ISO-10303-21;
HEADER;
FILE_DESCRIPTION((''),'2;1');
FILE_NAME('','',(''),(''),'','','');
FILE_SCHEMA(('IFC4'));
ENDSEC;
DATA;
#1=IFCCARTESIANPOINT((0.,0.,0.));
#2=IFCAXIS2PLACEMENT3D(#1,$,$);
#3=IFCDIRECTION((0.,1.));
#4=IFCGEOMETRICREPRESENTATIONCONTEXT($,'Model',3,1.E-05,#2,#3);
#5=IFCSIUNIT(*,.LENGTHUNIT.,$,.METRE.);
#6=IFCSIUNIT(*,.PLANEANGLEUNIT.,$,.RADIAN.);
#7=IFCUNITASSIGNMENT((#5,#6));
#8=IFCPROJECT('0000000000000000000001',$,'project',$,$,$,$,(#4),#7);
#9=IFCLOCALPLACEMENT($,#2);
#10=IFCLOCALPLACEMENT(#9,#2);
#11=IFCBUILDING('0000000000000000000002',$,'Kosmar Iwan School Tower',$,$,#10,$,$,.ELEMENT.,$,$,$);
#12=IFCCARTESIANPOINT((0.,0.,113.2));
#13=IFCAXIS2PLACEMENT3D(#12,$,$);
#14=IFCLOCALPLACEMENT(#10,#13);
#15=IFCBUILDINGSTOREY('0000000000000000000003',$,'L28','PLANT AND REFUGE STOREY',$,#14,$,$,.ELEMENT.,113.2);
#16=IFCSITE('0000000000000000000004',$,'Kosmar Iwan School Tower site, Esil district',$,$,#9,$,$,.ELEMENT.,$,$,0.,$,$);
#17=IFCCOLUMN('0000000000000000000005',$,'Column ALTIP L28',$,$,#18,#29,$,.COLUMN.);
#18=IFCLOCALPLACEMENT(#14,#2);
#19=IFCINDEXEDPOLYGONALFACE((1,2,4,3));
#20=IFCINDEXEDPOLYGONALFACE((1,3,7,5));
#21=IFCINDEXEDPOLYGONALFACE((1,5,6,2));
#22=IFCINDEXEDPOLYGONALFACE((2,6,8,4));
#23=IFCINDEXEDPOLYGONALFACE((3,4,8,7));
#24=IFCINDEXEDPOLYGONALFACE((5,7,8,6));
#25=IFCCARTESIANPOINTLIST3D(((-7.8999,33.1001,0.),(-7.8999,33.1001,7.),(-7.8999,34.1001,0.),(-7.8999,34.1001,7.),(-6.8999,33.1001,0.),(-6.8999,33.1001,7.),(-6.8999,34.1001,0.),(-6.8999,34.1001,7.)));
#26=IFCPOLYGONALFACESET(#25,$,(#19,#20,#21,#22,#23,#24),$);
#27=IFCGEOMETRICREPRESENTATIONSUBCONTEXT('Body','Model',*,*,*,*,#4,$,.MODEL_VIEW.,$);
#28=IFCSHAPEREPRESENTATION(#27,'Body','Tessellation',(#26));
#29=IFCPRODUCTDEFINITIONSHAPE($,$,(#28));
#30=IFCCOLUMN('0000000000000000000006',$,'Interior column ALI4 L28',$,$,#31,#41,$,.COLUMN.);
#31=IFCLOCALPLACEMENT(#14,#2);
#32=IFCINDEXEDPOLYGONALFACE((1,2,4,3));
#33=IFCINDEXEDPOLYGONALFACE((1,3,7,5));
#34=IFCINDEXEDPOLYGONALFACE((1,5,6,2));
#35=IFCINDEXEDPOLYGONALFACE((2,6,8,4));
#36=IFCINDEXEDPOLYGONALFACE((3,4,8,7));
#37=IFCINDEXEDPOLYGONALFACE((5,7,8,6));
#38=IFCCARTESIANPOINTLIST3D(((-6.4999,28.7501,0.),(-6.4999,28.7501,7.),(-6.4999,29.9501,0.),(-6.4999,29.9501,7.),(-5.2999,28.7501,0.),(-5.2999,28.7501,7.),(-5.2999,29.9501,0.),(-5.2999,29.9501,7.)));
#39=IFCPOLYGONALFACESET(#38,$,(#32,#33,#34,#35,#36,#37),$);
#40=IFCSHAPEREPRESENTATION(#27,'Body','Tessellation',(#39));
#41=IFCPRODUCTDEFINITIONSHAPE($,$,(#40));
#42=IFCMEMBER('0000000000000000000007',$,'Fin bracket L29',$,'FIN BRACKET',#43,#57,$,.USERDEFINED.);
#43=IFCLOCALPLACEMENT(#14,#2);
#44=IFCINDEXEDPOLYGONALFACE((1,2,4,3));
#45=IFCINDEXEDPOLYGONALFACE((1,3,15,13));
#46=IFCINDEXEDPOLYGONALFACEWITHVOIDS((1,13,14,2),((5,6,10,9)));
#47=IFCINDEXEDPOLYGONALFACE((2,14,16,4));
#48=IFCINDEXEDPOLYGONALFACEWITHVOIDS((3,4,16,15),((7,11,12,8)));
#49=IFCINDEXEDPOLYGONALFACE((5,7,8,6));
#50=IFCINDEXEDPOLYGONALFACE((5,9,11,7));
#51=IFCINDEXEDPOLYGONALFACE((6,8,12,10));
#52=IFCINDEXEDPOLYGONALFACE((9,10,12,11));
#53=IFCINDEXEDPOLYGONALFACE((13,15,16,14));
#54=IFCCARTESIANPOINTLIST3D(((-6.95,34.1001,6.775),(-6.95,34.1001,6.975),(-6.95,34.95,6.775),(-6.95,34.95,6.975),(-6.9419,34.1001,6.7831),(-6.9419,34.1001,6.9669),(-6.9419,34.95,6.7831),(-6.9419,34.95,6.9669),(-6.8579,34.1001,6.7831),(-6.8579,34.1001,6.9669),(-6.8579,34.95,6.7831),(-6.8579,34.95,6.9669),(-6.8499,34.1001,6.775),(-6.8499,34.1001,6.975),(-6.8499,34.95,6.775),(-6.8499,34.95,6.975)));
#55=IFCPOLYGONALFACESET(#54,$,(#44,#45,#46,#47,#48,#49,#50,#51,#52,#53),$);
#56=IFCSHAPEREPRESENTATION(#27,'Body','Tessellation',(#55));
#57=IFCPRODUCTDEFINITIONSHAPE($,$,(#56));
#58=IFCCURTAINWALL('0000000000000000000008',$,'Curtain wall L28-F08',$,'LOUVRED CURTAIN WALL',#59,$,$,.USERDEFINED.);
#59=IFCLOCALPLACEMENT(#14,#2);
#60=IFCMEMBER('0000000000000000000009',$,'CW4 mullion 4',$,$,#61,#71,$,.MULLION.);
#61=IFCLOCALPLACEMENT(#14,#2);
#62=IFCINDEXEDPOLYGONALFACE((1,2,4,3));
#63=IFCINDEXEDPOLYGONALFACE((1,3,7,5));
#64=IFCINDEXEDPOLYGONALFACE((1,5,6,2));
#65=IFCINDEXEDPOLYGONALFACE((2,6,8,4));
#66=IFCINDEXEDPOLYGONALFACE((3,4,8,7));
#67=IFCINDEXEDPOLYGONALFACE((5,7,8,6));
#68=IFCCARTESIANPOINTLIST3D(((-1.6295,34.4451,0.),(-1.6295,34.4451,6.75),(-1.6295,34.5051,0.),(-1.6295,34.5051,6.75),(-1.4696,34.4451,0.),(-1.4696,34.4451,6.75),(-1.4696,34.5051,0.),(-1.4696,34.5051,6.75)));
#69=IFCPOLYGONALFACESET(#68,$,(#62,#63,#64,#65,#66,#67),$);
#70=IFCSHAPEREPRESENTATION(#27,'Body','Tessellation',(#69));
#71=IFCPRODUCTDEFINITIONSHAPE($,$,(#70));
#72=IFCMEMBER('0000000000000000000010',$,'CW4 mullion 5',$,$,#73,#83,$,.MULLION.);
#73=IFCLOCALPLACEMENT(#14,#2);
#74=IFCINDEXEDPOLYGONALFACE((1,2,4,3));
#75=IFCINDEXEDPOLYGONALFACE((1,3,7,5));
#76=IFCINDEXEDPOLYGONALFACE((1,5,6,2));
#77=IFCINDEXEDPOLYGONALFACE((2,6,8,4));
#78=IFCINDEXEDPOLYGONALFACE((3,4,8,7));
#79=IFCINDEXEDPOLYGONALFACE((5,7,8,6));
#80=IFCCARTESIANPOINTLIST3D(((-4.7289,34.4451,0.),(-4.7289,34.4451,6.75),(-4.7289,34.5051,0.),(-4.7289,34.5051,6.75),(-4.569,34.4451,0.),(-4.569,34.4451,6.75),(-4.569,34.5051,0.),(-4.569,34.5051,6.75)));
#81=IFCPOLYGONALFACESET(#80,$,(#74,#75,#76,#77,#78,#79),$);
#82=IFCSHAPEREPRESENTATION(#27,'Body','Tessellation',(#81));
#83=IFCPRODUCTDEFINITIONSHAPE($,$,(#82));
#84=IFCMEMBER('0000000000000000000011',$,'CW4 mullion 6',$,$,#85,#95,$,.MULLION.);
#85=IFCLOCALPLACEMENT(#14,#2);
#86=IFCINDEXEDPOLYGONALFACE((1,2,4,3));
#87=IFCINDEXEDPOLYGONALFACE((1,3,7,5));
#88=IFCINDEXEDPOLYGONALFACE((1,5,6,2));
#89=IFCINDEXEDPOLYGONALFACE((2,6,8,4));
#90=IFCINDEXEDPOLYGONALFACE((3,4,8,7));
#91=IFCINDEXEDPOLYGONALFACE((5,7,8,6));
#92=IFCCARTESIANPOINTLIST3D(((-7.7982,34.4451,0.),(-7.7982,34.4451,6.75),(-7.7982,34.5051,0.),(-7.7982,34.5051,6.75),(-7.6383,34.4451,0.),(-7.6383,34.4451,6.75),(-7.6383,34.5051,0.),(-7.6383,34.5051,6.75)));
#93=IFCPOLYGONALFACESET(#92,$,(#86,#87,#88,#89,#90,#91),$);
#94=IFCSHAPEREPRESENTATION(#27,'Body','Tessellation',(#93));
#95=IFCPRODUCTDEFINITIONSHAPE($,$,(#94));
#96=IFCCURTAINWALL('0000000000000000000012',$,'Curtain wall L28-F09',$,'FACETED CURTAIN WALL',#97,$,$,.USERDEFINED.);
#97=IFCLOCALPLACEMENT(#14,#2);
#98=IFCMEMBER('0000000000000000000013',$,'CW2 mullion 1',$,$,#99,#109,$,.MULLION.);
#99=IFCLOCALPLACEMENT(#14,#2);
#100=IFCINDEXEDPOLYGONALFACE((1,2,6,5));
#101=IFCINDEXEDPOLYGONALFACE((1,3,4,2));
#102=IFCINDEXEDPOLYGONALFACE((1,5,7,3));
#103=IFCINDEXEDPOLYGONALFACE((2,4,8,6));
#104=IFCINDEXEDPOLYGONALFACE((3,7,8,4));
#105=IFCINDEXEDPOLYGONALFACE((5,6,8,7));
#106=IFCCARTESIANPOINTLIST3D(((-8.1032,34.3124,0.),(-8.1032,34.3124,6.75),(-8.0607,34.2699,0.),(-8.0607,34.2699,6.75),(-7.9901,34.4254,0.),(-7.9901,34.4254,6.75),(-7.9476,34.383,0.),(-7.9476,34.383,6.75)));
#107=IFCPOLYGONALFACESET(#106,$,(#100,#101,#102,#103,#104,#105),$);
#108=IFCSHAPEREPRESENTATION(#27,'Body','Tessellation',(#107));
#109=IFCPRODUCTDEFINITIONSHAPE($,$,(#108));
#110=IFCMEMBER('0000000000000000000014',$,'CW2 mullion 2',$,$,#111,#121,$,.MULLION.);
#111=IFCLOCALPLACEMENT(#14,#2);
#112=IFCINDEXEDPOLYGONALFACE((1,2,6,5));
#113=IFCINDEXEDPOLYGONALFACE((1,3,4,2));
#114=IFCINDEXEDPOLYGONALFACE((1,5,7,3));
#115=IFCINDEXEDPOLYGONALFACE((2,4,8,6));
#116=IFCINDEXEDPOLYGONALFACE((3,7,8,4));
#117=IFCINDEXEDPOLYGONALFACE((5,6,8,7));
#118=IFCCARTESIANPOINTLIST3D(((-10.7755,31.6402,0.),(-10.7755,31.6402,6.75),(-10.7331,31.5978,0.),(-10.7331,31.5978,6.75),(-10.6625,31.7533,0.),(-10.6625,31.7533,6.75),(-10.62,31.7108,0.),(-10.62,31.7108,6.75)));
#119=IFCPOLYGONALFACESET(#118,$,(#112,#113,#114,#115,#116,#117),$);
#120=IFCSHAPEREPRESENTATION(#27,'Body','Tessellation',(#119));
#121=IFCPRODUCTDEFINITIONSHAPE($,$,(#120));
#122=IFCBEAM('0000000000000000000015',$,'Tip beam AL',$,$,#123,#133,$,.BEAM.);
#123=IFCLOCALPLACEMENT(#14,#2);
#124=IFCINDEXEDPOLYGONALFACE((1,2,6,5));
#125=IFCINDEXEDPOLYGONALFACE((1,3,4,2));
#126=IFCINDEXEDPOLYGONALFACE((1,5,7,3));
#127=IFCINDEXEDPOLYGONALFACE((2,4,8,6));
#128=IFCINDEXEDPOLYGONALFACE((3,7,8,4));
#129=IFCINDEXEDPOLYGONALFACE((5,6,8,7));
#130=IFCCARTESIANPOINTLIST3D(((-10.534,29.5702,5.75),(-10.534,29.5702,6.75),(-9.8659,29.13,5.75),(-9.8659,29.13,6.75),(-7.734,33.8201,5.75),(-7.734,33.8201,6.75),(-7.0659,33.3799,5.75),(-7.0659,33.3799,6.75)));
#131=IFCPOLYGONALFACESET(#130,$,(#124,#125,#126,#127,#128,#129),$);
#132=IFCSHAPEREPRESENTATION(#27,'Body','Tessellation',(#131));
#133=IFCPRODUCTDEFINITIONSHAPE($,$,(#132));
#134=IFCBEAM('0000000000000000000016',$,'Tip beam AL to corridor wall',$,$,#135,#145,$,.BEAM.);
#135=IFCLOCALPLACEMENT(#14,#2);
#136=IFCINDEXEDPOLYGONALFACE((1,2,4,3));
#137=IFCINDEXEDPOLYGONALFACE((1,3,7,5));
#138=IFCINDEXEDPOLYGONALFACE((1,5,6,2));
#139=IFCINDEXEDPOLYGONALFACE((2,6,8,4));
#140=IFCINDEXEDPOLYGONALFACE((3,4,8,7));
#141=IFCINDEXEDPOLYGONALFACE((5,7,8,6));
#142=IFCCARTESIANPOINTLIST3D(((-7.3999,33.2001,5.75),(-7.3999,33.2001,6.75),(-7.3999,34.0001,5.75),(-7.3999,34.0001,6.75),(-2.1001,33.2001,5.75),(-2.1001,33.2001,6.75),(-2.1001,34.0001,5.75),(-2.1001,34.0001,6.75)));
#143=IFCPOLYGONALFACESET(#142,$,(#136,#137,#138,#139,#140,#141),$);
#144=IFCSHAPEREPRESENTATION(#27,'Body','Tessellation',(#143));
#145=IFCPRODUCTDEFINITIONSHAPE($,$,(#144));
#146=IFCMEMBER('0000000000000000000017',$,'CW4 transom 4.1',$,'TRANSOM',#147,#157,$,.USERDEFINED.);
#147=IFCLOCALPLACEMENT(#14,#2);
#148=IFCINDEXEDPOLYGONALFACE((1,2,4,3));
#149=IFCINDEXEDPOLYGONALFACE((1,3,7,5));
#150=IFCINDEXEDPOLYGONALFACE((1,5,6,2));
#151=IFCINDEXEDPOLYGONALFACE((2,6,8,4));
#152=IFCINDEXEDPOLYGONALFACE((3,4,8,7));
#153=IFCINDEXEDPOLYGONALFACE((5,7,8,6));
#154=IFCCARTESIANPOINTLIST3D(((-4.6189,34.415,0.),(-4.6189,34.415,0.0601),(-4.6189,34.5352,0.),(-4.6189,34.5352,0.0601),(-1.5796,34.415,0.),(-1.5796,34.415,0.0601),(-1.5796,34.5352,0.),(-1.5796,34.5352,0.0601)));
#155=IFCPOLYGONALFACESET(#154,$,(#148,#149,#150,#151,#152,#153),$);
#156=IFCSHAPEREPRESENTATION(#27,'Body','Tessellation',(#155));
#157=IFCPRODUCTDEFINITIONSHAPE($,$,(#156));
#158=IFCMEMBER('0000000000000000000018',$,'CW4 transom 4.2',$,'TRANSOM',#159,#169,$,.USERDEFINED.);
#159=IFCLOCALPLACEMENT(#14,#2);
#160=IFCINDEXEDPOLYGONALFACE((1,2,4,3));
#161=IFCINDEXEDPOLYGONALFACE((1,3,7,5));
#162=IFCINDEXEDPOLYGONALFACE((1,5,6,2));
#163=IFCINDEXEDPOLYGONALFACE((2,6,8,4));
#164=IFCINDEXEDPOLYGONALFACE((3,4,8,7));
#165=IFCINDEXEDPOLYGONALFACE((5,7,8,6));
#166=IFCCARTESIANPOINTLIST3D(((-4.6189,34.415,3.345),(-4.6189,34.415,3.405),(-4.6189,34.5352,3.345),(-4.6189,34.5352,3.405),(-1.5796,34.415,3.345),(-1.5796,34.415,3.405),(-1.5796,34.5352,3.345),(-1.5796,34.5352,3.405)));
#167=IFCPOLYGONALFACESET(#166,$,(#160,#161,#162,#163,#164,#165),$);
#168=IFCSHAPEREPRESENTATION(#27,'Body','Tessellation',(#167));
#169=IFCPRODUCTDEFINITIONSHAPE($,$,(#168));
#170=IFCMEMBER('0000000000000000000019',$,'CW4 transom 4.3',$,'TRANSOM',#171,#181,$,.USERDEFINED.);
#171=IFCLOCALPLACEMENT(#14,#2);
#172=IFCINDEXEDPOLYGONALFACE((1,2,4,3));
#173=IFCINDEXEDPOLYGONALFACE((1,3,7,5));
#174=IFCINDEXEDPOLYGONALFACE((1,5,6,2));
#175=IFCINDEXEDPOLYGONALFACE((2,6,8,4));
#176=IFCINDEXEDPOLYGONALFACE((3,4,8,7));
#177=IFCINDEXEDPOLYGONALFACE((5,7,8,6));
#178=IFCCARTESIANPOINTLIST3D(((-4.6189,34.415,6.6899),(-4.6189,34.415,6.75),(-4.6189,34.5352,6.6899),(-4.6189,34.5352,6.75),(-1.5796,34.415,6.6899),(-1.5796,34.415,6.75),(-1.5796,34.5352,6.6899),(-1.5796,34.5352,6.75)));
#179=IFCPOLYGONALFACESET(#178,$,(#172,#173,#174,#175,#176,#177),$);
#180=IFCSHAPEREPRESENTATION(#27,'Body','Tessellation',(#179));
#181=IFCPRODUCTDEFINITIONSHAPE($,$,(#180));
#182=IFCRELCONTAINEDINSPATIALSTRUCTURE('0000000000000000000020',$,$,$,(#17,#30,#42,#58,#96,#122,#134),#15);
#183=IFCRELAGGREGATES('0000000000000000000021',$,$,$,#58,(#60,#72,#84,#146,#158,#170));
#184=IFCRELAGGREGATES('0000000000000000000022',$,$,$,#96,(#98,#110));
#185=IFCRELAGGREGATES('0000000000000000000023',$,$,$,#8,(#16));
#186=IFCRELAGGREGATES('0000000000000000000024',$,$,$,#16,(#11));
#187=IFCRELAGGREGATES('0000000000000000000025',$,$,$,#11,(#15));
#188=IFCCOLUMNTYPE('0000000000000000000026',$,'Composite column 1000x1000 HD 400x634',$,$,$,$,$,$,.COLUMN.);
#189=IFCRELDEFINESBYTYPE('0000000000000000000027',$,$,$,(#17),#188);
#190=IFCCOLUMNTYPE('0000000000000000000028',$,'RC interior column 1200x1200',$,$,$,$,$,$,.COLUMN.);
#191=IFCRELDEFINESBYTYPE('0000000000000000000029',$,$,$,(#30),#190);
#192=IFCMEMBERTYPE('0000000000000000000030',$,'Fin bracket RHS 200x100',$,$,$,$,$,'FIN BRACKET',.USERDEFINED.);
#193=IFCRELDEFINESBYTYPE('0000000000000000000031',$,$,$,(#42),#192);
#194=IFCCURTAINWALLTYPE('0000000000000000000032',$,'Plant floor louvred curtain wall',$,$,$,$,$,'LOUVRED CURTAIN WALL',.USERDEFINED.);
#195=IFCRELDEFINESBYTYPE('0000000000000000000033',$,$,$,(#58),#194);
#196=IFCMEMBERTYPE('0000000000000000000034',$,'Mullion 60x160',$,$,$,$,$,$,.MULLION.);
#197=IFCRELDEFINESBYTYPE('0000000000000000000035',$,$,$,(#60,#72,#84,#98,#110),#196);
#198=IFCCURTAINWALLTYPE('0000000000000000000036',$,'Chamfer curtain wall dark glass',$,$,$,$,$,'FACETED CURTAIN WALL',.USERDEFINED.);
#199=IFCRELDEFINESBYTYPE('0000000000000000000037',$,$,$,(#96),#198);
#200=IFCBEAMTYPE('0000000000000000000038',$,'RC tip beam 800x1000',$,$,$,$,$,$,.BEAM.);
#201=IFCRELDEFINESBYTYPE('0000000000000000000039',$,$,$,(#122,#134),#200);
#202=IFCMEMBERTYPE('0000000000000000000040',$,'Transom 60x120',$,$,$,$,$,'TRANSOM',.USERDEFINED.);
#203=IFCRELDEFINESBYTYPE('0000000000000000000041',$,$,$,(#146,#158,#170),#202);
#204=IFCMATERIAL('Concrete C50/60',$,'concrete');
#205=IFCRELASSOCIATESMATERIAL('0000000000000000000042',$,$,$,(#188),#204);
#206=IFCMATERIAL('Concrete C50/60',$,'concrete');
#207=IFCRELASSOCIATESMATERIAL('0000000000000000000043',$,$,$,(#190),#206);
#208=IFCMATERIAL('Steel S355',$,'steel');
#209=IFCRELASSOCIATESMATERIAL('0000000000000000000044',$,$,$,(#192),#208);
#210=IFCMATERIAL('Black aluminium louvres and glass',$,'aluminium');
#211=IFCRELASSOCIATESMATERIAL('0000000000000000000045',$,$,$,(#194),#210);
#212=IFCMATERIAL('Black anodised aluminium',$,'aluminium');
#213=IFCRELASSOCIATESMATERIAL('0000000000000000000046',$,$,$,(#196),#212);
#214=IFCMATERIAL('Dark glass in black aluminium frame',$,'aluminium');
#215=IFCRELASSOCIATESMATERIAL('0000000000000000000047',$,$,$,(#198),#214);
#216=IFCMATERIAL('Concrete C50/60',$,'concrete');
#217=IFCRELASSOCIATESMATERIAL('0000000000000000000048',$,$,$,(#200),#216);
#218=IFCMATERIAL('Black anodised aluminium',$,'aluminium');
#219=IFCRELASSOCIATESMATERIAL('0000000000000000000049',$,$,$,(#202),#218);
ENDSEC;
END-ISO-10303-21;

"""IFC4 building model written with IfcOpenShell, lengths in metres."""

from ifc_helpers import new_model, si_unit, direction, frame, origin, origin_2d, place, context, subcontext, project, spatial, rectangle, hollow_rectangle, extrude, material, material_profile, profile_set, type_object, element, aggregate, save


model = new_model("IFC4")

# Units and contexts
model_context = context("Model", 3, precision=1e-05, world=origin(), true_north=direction((0.0, 1.0)))
body_context = subcontext(model_context, "Body", "Model", "MODEL_VIEW")
ifc_project = project(units=[si_unit("LENGTHUNIT", "METRE"), si_unit("PLANEANGLEUNIT", "RADIAN")], contexts=[model_context])

# Site, building, storey
site_placement = place(None, origin())
site = spatial("IfcSite", under=ifc_project, at=site_placement, Name="Kosmar Iwan School Tower site, Esil district", CompositionType="ELEMENT", RefElevation=0.0)
building_placement = place(site_placement, origin())
building = spatial("IfcBuilding", under=site, at=building_placement, Name="Kosmar Iwan School Tower", CompositionType="ELEMENT")
storey_placement = place(building_placement, frame((0.0, 0.0, 113.2)))
storey = spatial("IfcBuildingStorey", under=building, at=storey_placement, Name="L28", Description="PLANT AND REFUGE STOREY", CompositionType="ELEMENT", Elevation=113.2)

# Columns
ifc_material_1 = material(Name="Concrete C50/60", Category="concrete")
ifc_material_profile_1 = material_profile(ifc_material_1, rectangle(XDim=1.0, YDim=1.0, at=origin_2d()), Name="RC 1000x1000 + HD 400x634")
ifc_profile_set_1 = profile_set([ifc_material_profile_1], Name="Concrete C50/60")
column_type_1 = type_object("IfcColumnType", Name="Composite column 1000x1000 HD 400x634", PredefinedType="COLUMN", material=ifc_profile_set_1)
column_1_placement = place(storey_placement, frame((-7.3999, 33.6001, 0.0), z_axis=(0.0, 0.0, 1.0), x_axis=(0.0, 1.0, 0.0)))
element("IfcColumn", 1, at=column_1_placement, inside=storey, type_object=column_type_1, Name="Column ALTIP L28", PredefinedType="COLUMN", context=body_context, shape_type="SweptSolid", body=[
    extrude(rectangle(XDim=1.0, YDim=1.0, at=origin_2d()), origin(), (0.0, 0.0, 1.0), 7.0),
])
ifc_material_2 = material(Name="Concrete C50/60", Category="concrete")
ifc_material_profile_2 = material_profile(ifc_material_2, rectangle(XDim=1.2, YDim=1.2, at=origin_2d()), Name="RC 1200x1200")
ifc_profile_set_2 = profile_set([ifc_material_profile_2], Name="Concrete C50/60")
column_type_2 = type_object("IfcColumnType", Name="RC interior column 1200x1200", PredefinedType="COLUMN", material=ifc_profile_set_2)
column_2_placement = place(storey_placement, frame((-5.8999, 29.3501, 0.0), z_axis=(0.0, 0.0, 1.0), x_axis=(0.0, 1.0, 0.0)))
element("IfcColumn", 2, at=column_2_placement, inside=storey, type_object=column_type_2, Name="Interior column ALI4 L28", PredefinedType="COLUMN", context=body_context, shape_type="SweptSolid", body=[
    extrude(rectangle(XDim=1.2, YDim=1.2, at=origin_2d()), origin(), (0.0, 0.0, 1.0), 7.0),
])

# Member
ifc_material_3 = material(Name="Steel S355", Category="steel")
ifc_material_profile_3 = material_profile(ifc_material_3, hollow_rectangle(XDim=0.1001, YDim=0.2, WallThickness=0.0081, at=origin_2d()), Name="RHS 200x100x8")
ifc_profile_set_3 = profile_set([ifc_material_profile_3], Name="Steel S355")
member_type_1 = type_object("IfcMemberType", Name="Fin bracket RHS 200x100", ElementType="FIN BRACKET", PredefinedType="USERDEFINED", material=ifc_profile_set_3)
member_1_placement = place(storey_placement, frame((-6.8999, 34.1001, 6.875), z_axis=(0.0, 1.0, 0.0), x_axis=(-1.0, 0.0, 0.0)))
element("IfcMember", 3, at=member_1_placement, inside=storey, type_object=member_type_1, Name="Fin bracket L29", ObjectType="FIN BRACKET", PredefinedType="USERDEFINED", context=body_context, shape_type="SweptSolid", body=[
    extrude(hollow_rectangle(XDim=0.1001, YDim=0.2, WallThickness=0.0081, at=origin_2d()), origin(), (0.0, 0.0, 1.0), 0.8499),
])

# Curtain walls, members
ifc_material_4 = material(Name="Black aluminium louvres and glass", Category="aluminium")
curtain_wall_type_1 = type_object("IfcCurtainWallType", Name="Plant floor louvred curtain wall", ElementType="LOUVRED CURTAIN WALL", PredefinedType="USERDEFINED", material=ifc_material_4)
curtain_wall_1_placement = place(storey_placement, origin())
curtain_wall_1 = element("IfcCurtainWall", 4, at=curtain_wall_1_placement, inside=storey, type_object=curtain_wall_type_1, Name="Curtain wall L28-F08", ObjectType="LOUVRED CURTAIN WALL", PredefinedType="USERDEFINED")
ifc_material_5 = material(Name="Black anodised aluminium", Category="aluminium")
ifc_material_profile_4 = material_profile(ifc_material_5, rectangle(XDim=0.0601, YDim=0.1599, at=origin_2d()), Name="MULLION 60x160")
ifc_profile_set_4 = profile_set([ifc_material_profile_4], Name="Black anodised aluminium")
member_type_2 = type_object("IfcMemberType", Name="Mullion 60x160", PredefinedType="MULLION", material=ifc_profile_set_4)
member_2_placement = place(storey_placement, frame((-1.5496, 34.4751, 0.0), z_axis=(0.0, 0.0, 1.0), x_axis=(0.0, -1.0, 0.0)))
member_2 = element("IfcMember", 5, at=member_2_placement, type_object=member_type_2, Name="CW4 mullion 4", PredefinedType="MULLION", context=body_context, shape_type="SweptSolid", body=[
    extrude(rectangle(XDim=0.0601, YDim=0.1599, at=origin_2d()), origin(), (0.0, 0.0, 1.0), 6.75),
])
member_3_placement = place(storey_placement, frame((-4.6489, 34.4751, 0.0), z_axis=(0.0, 0.0, 1.0), x_axis=(0.0, -1.0, 0.0)))
member_3 = element("IfcMember", 6, at=member_3_placement, type_object=member_type_2, Name="CW4 mullion 5", PredefinedType="MULLION", context=body_context, shape_type="SweptSolid", body=[
    extrude(rectangle(XDim=0.0601, YDim=0.1599, at=origin_2d()), origin(), (0.0, 0.0, 1.0), 6.75),
])
member_4_placement = place(storey_placement, frame((-7.7183, 34.4751, 0.0), z_axis=(0.0, 0.0, 1.0), x_axis=(0.0, -1.0, 0.0)))
member_4 = element("IfcMember", 7, at=member_4_placement, type_object=member_type_2, Name="CW4 mullion 6", PredefinedType="MULLION", context=body_context, shape_type="SweptSolid", body=[
    extrude(rectangle(XDim=0.0601, YDim=0.1599, at=origin_2d()), origin(), (0.0, 0.0, 1.0), 6.75),
])
ifc_material_6 = material(Name="Dark glass in black aluminium frame", Category="aluminium")
curtain_wall_type_2 = type_object("IfcCurtainWallType", Name="Chamfer curtain wall dark glass", ElementType="FACETED CURTAIN WALL", PredefinedType="USERDEFINED", material=ifc_material_6)
curtain_wall_2_placement = place(storey_placement, origin())
curtain_wall_2 = element("IfcCurtainWall", 8, at=curtain_wall_2_placement, inside=storey, type_object=curtain_wall_type_2, Name="Curtain wall L28-F09", ObjectType="FACETED CURTAIN WALL", PredefinedType="USERDEFINED")
member_5_placement = place(storey_placement, frame((-8.0254, 34.3477, 0.0), z_axis=(0.0, 0.0, 1.0), x_axis=(0.707107, -0.707107, 0.0)))
member_5 = element("IfcMember", 9, at=member_5_placement, type_object=member_type_2, Name="CW2 mullion 1", PredefinedType="MULLION", context=body_context, shape_type="SweptSolid", body=[
    extrude(rectangle(XDim=0.0601, YDim=0.1599, at=origin_2d()), origin(), (0.0, 0.0, 1.0), 6.75),
])
member_6_placement = place(storey_placement, frame((-10.6978, 31.6755, 0.0), z_axis=(0.0, 0.0, 1.0), x_axis=(0.707107, -0.707107, 0.0)))
member_6 = element("IfcMember", 10, at=member_6_placement, type_object=member_type_2, Name="CW2 mullion 2", PredefinedType="MULLION", context=body_context, shape_type="SweptSolid", body=[
    extrude(rectangle(XDim=0.0601, YDim=0.1599, at=origin_2d()), origin(), (0.0, 0.0, 1.0), 6.75),
])

# Beams
ifc_material_7 = material(Name="Concrete C50/60", Category="concrete")
ifc_material_profile_5 = material_profile(ifc_material_7, rectangle(XDim=0.8, YDim=1.0, at=origin_2d()), Name="RC 800x1000")
ifc_profile_set_5 = profile_set([ifc_material_profile_5], Name="Concrete C50/60")
beam_type = type_object("IfcBeamType", Name="RC tip beam 800x1000", PredefinedType="BEAM", material=ifc_profile_set_5)
beam_1_placement = place(storey_placement, frame((-10.2, 29.3501, 6.25), z_axis=(0.550164, 0.835056, 0.0), x_axis=(-0.835056, 0.550164, 0.0)))
element("IfcBeam", 11, at=beam_1_placement, inside=storey, type_object=beam_type, Name="Tip beam AL", PredefinedType="BEAM", context=body_context, shape_type="SweptSolid", body=[
    extrude(rectangle(XDim=0.8, YDim=1.0, at=origin_2d()), origin(), (0.0, 0.0, 1.0), 5.0894),
])
beam_2_placement = place(storey_placement, frame((-7.3999, 33.6001, 6.25), z_axis=(1.0, 0.0, 0.0), x_axis=(0.0, 1.0, 0.0)))
element("IfcBeam", 12, at=beam_2_placement, inside=storey, type_object=beam_type, Name="Tip beam AL to corridor wall", PredefinedType="BEAM", context=body_context, shape_type="SweptSolid", body=[
    extrude(rectangle(XDim=0.8, YDim=1.0, at=origin_2d()), origin(), (0.0, 0.0, 1.0), 5.2998),
])

# Members
ifc_material_8 = material(Name="Black anodised aluminium", Category="aluminium")
ifc_material_profile_6 = material_profile(ifc_material_8, rectangle(XDim=0.1201, YDim=0.0601, at=origin_2d()), Name="TRANSOM 60x120")
ifc_profile_set_6 = profile_set([ifc_material_profile_6], Name="Black anodised aluminium")
member_type_3 = type_object("IfcMemberType", Name="Transom 60x120", ElementType="TRANSOM", PredefinedType="USERDEFINED", material=ifc_profile_set_6)
member_7_placement = place(storey_placement, frame((-1.5796, 34.4751, 0.03), z_axis=(-1.0, 0.0, 0.0), x_axis=(0.0, -1.0, 0.0)))
member_7 = element("IfcMember", 13, at=member_7_placement, type_object=member_type_3, Name="CW4 transom 4.1", ObjectType="TRANSOM", PredefinedType="USERDEFINED", context=body_context, shape_type="SweptSolid", body=[
    extrude(rectangle(XDim=0.1201, YDim=0.0601, at=origin_2d()), origin(), (0.0, 0.0, 1.0), 3.0393),
])
member_8_placement = place(storey_placement, frame((-1.5796, 34.4751, 3.375), z_axis=(-1.0, 0.0, 0.0), x_axis=(0.0, -1.0, 0.0)))
member_8 = element("IfcMember", 14, at=member_8_placement, type_object=member_type_3, Name="CW4 transom 4.2", ObjectType="TRANSOM", PredefinedType="USERDEFINED", context=body_context, shape_type="SweptSolid", body=[
    extrude(rectangle(XDim=0.1201, YDim=0.0601, at=origin_2d()), origin(), (0.0, 0.0, 1.0), 3.0393),
])
member_9_placement = place(storey_placement, frame((-1.5796, 34.4751, 6.72), z_axis=(-1.0, 0.0, 0.0), x_axis=(0.0, -1.0, 0.0)))
member_9 = element("IfcMember", 15, at=member_9_placement, type_object=member_type_3, Name="CW4 transom 4.3", ObjectType="TRANSOM", PredefinedType="USERDEFINED", context=body_context, shape_type="SweptSolid", body=[
    extrude(rectangle(XDim=0.1201, YDim=0.0601, at=origin_2d()), origin(), (0.0, 0.0, 1.0), 3.0393),
])

aggregate(curtain_wall_1, [member_2, member_3, member_4, member_7, member_8, member_9])
aggregate(curtain_wall_2, [member_5, member_6])

save(model, "model.ifc")
